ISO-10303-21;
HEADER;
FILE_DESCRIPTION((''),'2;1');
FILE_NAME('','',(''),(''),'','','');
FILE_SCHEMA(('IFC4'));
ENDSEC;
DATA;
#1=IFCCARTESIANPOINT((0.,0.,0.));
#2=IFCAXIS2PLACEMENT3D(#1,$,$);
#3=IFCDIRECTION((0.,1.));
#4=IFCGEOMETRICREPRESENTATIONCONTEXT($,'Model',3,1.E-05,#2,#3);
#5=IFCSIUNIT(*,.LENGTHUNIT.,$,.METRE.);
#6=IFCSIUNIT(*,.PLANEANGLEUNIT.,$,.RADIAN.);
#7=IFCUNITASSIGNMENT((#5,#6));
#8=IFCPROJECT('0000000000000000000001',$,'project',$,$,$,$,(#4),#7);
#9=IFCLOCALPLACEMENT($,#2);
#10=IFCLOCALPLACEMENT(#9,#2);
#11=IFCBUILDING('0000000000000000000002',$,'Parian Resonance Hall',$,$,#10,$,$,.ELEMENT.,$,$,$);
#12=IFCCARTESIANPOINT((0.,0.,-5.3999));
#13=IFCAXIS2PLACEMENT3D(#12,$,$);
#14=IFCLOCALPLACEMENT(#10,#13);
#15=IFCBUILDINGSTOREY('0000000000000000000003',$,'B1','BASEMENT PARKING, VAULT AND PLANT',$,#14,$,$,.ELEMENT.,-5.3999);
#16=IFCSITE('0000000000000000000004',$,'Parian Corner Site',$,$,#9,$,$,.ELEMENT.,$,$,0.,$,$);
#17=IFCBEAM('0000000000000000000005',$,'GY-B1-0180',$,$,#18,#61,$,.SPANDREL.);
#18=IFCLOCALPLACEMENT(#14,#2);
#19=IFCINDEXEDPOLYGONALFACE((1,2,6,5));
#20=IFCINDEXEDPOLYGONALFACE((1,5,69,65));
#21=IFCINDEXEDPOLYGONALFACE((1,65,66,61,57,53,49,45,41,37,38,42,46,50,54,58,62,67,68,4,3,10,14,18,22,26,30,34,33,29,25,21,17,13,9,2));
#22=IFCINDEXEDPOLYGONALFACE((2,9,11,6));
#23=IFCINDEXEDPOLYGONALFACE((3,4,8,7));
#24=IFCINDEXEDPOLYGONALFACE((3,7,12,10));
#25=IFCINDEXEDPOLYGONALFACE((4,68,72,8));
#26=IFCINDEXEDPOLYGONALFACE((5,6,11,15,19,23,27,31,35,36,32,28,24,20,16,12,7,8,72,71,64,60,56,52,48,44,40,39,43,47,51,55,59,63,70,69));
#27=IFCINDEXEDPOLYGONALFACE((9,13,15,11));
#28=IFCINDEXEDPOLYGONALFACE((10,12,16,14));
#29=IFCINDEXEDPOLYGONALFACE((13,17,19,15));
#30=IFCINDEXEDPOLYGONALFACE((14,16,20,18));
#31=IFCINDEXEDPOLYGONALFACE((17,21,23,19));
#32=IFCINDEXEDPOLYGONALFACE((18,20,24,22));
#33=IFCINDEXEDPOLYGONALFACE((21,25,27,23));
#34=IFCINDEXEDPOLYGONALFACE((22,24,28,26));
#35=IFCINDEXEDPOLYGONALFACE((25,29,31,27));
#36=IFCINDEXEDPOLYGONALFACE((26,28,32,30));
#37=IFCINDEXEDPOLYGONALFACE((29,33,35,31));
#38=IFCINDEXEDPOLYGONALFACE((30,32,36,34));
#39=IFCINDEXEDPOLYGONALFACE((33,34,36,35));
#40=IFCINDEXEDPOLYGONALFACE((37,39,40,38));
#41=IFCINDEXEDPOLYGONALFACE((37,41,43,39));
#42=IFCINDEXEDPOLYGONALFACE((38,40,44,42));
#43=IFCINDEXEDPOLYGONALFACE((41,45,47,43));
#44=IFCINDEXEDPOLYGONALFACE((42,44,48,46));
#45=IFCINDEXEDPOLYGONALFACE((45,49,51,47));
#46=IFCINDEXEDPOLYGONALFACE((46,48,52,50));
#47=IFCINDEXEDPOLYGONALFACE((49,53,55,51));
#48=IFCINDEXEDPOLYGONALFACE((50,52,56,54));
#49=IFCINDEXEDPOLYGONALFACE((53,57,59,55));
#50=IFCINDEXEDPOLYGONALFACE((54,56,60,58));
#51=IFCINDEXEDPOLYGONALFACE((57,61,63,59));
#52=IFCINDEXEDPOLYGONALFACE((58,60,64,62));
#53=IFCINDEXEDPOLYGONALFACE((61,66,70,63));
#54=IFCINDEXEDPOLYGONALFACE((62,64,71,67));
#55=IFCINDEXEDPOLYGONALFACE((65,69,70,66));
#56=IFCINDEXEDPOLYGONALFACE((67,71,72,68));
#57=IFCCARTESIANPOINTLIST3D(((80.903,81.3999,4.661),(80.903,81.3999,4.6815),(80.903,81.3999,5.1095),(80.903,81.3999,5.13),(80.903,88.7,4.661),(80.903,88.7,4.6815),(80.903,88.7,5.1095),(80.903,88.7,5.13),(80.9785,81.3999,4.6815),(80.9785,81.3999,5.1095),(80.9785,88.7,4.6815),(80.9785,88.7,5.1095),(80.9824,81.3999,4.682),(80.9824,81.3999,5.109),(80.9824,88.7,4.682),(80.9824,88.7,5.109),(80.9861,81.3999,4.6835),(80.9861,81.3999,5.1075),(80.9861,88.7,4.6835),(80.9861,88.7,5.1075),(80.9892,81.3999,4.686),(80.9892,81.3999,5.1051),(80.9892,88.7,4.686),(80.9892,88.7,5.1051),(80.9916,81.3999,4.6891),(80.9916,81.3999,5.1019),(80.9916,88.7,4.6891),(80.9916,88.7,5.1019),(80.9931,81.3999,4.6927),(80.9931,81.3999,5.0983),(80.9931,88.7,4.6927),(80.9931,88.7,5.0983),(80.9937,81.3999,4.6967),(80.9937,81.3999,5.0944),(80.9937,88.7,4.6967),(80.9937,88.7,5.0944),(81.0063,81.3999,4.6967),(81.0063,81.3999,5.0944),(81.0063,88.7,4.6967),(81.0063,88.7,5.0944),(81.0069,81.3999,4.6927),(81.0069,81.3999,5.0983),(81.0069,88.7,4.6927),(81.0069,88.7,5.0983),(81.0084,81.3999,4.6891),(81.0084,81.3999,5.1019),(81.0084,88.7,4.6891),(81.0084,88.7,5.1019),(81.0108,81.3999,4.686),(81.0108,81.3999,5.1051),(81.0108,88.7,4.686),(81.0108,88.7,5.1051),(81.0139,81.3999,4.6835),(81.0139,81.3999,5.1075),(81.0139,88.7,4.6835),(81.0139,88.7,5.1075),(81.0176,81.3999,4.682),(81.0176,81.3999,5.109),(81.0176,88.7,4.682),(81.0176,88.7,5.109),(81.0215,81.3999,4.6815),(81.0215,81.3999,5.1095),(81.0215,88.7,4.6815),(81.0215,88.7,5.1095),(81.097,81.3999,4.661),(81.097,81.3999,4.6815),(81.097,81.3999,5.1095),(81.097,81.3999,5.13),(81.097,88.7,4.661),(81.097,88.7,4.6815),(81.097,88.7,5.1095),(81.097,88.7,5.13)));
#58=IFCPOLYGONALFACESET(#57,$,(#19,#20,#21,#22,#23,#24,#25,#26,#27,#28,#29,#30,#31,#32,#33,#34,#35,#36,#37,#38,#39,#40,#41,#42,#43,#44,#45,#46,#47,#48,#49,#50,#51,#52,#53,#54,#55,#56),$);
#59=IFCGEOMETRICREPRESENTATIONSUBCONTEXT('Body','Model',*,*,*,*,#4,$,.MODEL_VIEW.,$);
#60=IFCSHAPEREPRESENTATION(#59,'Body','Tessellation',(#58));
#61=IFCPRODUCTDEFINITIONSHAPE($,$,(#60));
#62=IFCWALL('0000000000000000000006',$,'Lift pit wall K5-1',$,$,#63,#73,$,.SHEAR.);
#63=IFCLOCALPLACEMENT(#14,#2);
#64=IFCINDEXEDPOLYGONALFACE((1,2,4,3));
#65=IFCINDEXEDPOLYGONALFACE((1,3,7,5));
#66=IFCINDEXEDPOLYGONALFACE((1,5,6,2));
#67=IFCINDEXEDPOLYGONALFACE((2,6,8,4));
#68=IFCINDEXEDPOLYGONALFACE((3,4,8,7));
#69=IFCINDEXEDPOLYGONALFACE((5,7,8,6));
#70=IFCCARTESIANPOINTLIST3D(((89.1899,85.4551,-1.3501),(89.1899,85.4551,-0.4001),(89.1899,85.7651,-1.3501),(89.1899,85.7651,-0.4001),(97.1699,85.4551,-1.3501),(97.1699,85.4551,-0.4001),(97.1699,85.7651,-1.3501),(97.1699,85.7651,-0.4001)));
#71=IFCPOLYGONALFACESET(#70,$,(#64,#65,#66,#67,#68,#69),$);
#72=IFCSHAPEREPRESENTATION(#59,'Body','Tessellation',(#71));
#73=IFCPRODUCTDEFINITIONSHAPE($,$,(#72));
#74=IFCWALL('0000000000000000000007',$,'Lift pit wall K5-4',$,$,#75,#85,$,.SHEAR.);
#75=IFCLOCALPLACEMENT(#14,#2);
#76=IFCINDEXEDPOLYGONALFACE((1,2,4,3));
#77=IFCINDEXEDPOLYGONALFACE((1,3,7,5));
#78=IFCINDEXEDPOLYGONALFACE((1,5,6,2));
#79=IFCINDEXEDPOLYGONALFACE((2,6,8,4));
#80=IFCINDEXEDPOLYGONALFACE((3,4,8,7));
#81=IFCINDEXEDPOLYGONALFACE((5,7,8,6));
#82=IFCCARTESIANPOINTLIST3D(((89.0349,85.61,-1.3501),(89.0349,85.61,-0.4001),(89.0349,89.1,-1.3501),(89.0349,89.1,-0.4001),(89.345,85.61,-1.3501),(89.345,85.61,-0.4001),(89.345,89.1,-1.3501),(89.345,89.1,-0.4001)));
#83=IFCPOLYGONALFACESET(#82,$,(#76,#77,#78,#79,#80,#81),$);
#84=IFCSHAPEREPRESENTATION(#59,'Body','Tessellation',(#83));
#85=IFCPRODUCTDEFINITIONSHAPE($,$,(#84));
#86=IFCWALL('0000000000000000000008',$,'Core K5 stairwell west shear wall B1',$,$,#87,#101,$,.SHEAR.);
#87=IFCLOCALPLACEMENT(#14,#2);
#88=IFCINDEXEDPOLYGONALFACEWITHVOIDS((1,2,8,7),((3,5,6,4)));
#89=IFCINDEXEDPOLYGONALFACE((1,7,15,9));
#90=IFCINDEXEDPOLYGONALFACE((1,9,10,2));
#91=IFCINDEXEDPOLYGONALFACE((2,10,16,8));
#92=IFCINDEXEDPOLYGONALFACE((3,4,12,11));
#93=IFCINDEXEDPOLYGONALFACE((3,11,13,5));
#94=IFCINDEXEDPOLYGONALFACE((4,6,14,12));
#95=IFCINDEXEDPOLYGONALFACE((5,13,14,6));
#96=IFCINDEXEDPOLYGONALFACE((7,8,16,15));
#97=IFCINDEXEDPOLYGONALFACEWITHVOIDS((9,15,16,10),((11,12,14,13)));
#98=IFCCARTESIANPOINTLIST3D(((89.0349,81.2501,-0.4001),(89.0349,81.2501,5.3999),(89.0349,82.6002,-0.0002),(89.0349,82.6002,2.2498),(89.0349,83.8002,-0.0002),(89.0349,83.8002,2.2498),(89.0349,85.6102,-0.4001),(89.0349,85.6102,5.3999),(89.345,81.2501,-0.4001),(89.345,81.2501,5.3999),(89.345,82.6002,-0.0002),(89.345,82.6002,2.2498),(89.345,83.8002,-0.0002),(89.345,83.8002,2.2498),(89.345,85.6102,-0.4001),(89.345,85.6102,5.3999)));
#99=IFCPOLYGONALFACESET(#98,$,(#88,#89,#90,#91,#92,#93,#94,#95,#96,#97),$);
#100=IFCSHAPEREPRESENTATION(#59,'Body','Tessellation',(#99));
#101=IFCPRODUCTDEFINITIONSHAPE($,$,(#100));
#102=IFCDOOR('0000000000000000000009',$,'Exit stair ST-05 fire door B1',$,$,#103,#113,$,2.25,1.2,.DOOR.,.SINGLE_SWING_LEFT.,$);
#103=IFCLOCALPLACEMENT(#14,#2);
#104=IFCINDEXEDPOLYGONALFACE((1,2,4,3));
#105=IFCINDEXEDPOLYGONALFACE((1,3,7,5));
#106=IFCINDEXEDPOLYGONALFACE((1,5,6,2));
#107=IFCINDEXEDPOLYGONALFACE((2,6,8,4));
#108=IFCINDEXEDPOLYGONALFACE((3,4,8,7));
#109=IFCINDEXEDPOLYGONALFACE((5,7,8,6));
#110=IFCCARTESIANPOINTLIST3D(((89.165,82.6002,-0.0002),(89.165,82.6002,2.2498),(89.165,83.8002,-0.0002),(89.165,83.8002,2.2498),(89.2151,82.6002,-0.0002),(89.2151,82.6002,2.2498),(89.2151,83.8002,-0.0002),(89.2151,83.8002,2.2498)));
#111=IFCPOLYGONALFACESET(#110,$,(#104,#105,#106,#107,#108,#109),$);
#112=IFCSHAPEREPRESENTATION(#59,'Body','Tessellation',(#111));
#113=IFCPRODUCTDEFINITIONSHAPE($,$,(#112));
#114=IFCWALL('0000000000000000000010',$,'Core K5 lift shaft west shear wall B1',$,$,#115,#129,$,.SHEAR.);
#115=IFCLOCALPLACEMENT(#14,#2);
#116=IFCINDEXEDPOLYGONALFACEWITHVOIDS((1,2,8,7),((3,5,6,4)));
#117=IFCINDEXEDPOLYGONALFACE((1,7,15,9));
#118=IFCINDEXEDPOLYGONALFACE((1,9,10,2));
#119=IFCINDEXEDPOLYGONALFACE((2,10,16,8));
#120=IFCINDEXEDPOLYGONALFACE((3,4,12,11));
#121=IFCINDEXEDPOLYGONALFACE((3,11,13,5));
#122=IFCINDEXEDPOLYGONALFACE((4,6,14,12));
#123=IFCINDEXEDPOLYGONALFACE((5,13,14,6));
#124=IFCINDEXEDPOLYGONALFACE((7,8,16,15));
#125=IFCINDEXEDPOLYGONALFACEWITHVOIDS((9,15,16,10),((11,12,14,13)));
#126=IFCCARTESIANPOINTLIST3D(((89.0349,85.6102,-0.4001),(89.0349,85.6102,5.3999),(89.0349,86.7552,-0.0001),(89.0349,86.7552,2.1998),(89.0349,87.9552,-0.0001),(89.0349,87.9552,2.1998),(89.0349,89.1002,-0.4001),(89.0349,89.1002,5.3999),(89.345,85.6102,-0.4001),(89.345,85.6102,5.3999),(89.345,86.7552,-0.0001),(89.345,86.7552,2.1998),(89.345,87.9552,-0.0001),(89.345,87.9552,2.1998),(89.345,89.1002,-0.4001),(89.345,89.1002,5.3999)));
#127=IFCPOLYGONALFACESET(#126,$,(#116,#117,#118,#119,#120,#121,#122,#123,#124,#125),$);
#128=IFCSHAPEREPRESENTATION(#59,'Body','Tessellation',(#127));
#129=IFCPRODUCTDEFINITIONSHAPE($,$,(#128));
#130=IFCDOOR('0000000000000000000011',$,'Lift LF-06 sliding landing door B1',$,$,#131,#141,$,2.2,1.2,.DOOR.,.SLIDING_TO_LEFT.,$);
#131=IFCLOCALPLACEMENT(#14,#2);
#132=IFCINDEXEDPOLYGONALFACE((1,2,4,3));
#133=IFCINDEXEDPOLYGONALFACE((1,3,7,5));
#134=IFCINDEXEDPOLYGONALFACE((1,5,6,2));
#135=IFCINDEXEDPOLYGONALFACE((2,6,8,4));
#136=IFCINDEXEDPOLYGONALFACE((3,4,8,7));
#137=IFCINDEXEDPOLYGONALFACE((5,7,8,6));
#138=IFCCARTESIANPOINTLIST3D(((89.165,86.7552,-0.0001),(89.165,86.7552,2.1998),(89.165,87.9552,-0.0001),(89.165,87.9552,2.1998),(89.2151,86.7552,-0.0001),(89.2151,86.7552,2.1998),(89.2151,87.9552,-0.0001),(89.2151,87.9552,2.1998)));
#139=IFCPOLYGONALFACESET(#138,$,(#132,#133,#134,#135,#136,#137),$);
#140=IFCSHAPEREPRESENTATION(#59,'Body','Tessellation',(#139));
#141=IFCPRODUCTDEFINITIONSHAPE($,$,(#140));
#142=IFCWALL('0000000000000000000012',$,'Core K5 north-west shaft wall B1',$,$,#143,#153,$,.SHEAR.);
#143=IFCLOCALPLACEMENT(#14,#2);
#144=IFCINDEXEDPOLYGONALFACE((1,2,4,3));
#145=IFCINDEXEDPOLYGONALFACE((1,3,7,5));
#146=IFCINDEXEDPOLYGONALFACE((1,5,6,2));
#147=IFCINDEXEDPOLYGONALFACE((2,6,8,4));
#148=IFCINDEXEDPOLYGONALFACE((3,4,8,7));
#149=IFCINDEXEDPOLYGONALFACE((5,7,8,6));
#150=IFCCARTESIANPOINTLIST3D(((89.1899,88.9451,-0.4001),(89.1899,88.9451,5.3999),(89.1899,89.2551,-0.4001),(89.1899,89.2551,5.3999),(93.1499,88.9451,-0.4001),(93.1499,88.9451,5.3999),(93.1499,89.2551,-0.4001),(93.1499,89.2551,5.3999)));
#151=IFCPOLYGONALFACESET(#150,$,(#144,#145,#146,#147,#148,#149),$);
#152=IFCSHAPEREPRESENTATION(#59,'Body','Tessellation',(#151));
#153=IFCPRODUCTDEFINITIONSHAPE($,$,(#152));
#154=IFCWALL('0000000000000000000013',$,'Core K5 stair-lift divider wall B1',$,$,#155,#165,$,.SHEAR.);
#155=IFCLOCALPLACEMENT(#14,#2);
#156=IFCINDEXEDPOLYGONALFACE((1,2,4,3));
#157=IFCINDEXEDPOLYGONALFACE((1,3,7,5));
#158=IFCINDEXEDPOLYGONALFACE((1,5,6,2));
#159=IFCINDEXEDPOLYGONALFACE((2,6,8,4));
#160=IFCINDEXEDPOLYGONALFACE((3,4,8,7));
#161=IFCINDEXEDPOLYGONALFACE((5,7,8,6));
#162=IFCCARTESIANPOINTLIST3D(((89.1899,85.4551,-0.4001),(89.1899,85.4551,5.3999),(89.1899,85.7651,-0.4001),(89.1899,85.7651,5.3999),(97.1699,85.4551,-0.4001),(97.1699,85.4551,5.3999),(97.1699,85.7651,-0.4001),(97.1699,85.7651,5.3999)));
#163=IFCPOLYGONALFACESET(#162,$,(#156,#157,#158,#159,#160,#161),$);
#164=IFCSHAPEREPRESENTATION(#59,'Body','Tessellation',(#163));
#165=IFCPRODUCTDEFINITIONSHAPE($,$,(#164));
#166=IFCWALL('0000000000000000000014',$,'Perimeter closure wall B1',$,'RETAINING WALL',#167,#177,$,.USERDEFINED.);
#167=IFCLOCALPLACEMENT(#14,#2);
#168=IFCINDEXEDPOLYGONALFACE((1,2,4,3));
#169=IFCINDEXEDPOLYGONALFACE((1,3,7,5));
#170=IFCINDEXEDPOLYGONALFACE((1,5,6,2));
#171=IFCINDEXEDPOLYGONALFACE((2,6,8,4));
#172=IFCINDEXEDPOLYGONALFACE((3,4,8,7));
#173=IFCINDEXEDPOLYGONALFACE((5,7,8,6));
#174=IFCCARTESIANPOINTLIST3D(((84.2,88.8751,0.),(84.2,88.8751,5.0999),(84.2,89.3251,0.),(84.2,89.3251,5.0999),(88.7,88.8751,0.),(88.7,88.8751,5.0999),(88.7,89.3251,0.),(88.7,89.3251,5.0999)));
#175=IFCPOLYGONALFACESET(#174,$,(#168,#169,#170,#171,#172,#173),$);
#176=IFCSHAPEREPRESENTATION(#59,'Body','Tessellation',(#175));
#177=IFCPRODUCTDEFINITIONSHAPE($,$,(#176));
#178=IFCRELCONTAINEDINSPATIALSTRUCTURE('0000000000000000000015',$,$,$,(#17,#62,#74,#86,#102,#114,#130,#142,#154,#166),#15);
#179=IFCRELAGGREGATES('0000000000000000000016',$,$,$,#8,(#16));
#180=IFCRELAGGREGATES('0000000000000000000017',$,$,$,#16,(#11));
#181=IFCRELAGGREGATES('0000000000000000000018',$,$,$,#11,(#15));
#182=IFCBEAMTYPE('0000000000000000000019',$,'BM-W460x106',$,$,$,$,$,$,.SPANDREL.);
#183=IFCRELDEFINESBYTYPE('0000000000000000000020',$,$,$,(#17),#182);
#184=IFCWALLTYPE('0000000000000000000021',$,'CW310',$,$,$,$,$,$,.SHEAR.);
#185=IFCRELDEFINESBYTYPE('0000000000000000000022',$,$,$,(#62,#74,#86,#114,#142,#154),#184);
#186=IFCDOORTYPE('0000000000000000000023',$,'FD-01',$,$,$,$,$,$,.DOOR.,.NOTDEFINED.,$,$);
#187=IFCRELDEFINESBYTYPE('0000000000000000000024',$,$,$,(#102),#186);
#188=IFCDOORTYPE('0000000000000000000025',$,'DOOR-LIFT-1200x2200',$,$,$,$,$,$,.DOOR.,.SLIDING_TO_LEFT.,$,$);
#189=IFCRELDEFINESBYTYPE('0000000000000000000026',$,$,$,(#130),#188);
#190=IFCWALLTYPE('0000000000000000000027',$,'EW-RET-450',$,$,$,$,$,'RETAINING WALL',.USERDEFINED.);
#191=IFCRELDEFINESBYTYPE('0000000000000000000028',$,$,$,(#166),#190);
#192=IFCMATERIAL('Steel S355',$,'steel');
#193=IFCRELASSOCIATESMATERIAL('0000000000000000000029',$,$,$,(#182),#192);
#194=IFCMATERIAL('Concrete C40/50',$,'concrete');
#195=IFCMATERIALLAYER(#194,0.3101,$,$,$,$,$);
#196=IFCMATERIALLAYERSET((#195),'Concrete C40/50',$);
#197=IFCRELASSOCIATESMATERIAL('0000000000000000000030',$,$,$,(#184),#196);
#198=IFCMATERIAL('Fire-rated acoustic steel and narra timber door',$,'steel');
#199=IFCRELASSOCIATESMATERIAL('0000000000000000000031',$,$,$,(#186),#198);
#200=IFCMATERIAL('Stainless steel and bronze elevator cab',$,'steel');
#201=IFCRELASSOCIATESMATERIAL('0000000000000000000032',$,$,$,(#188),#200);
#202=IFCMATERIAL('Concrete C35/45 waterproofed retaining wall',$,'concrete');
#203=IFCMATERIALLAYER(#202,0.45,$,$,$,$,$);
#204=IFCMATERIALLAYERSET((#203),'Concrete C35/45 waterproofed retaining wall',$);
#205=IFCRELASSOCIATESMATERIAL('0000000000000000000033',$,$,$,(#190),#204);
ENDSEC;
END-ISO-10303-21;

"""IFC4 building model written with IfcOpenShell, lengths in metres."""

from ifc_helpers import new_model, si_unit, direction, frame, frame_2d, origin, origin_2d, place, context, subcontext, project, spatial, rectangle, i_section, extrude, material, layer, layer_set, material_profile, profile_set, type_object, element, fill, save


model = new_model("IFC4")

# Units and contexts
model_context = context("Model", 3, precision=1e-05, world=origin(), true_north=direction((0.0, 1.0)))
body_context = subcontext(model_context, "Body", "Model", "MODEL_VIEW")
ifc_project = project(units=[si_unit("LENGTHUNIT", "METRE"), si_unit("PLANEANGLEUNIT", "RADIAN")], contexts=[model_context])

# Site, building, storey
site_placement = place(None, origin())
site = spatial("IfcSite", under=ifc_project, at=site_placement, Name="Parian Corner Site", CompositionType="ELEMENT", RefElevation=0.0)
building_placement = place(site_placement, origin())
building = spatial("IfcBuilding", under=site, at=building_placement, Name="Parian Resonance Hall", CompositionType="ELEMENT")
storey_placement = place(building_placement, frame((0.0, 0.0, -5.3999)))
storey = spatial("IfcBuildingStorey", under=building, at=storey_placement, Name="B1", Description="BASEMENT PARKING, VAULT AND PLANT", CompositionType="ELEMENT", Elevation=-5.3999)

# Beam
ifc_material_1 = material(Name="Steel S355", Category="steel")
ifc_material_profile_1 = material_profile(ifc_material_1, i_section(OverallWidth=0.1941, OverallDepth=0.469, WebThickness=0.0127, FlangeThickness=0.0205, FilletRadius=0.0151, at=origin_2d()), Name="W460x106")
ifc_profile_set_1 = profile_set([ifc_material_profile_1], Name="Steel S355")
beam_type_1 = type_object("IfcBeamType", Name="BM-W460x106", PredefinedType="SPANDREL", material=ifc_profile_set_1)
for number, where, z_axis, x_axis, name in (
    (1, (81.0, 81.3999, 4.8955), (0.0, 1.0, 0.0), (-1.0, 0.0, 0.0), "GY-B1-0180"),
):
    element("IfcBeam", number, at=place(storey_placement, frame(where, z_axis=z_axis, x_axis=x_axis)), inside=storey, type_object=beam_type_1, Name=name, PredefinedType="SPANDREL", context=body_context, shape_type="SweptSolid", body=[
        extrude(i_section(OverallWidth=0.1941, OverallDepth=0.469, WebThickness=0.0127, FlangeThickness=0.0205, FilletRadius=0.0151, at=origin_2d()), origin(), (0.0, 0.0, 1.0), 7.3),
    ])

# Walls
ifc_material_2 = material(Name="Concrete C40/50", Category="concrete")
ifc_layer_1 = layer(ifc_material_2, 0.3101)
ifc_layer_set_1 = layer_set([ifc_layer_1], Name="Concrete C40/50")
wall_type_1 = type_object("IfcWallType", Name="CW310", PredefinedType="SHEAR", material=ifc_layer_set_1)
wall_1_placement = place(storey_placement, frame((89.1899, 85.6101, -1.3501), z_axis=(0.0, 0.0, 1.0), x_axis=(1.0, 0.0, 0.0)))
element("IfcWall", 2, at=wall_1_placement, inside=storey, type_object=wall_type_1, Name="Lift pit wall K5-1", PredefinedType="SHEAR", context=body_context, shape_type="SweptSolid", body=[
    extrude(rectangle(XDim=7.98, YDim=0.3101, at=frame_2d((3.99, 0.0))), origin(), (0.0, 0.0, 1.0), 0.95),
])
wall_2_placement = place(storey_placement, frame((89.1899, 89.1001, -1.3501), z_axis=(0.0, 0.0, 1.0), x_axis=(0.0, -1.0, 0.0)))
element("IfcWall", 3, at=wall_2_placement, inside=storey, type_object=wall_type_1, Name="Lift pit wall K5-4", PredefinedType="SHEAR", context=body_context, shape_type="SweptSolid", body=[
    extrude(rectangle(XDim=3.49, YDim=0.3101, at=frame_2d((1.7451, 0.0))), origin(), (0.0, 0.0, 1.0), 0.95),
])

# Walls, openings, doors
wall_3_placement = place(storey_placement, frame((89.1899, 81.25, -0.4001), z_axis=(0.0, 0.0, 1.0), x_axis=(0.0, 1.0, 0.0)))
wall_3 = element("IfcWall", 4, at=wall_3_placement, inside=storey, type_object=wall_type_1, Name="Core K5 stairwell west shear wall B1", PredefinedType="SHEAR", context=body_context, shape_type="SweptSolid", body=[
    extrude(rectangle(XDim=4.3601, YDim=0.3101, at=frame_2d((2.1802, 0.0))), origin(), (0.0, 0.0, 1.0), 5.8),
])
opening_1_placement = place(wall_3_placement, frame((1.3501, 0.0, 0.3999)))
opening_1 = element("IfcOpeningElement", 5, at=opening_1_placement, cuts=wall_3, PredefinedType="OPENING", context=body_context, shape_type="SweptSolid", body=[
    extrude(rectangle(XDim=1.2, YDim=2.25, at=frame_2d((0.6001, 1.125))), frame((0.0, 0.165, 0.0), z_axis=(0.0, -1.0, 0.0), x_axis=(1.0, 0.0, 0.0)), (0.0, 0.0, 1.0), 0.3301),
])
ifc_material_3 = material(Name="Fire-rated acoustic steel and narra timber door", Category="steel")
door_type_1 = type_object("IfcDoorType", Name="FD-01", OperationType="NOTDEFINED", PredefinedType="DOOR", material=ifc_material_3)
door_1_placement = place(opening_1_placement, origin())
door_1 = element("IfcDoor", 6, at=door_1_placement, inside=storey, type_object=door_type_1, Name="Exit stair ST-05 fire door B1", OperationType="SINGLE_SWING_LEFT", OverallHeight=2.25, OverallWidth=1.2, PredefinedType="DOOR", context=body_context, shape_type="SweptSolid", body=[
    extrude(rectangle(XDim=1.2, YDim=2.25, at=frame_2d((0.6001, 1.125))), frame((0.0, 0.0249, 0.0), z_axis=(0.0, -1.0, 0.0), x_axis=(1.0, 0.0, 0.0)), (0.0, 0.0, 1.0), 0.05),
])
fill(opening_1, door_1)
wall_4_placement = place(storey_placement, frame((89.1899, 85.6101, -0.4001), z_axis=(0.0, 0.0, 1.0), x_axis=(0.0, 1.0, 0.0)))
wall_4 = element("IfcWall", 7, at=wall_4_placement, inside=storey, type_object=wall_type_1, Name="Core K5 lift shaft west shear wall B1", PredefinedType="SHEAR", context=body_context, shape_type="SweptSolid", body=[
    extrude(rectangle(XDim=3.49, YDim=0.3101, at=frame_2d((1.7451, 0.0))), origin(), (0.0, 0.0, 1.0), 5.8),
])
opening_2_placement = place(wall_4_placement, frame((1.145, 0.0, 0.3999)))
opening_2 = element("IfcOpeningElement", 8, at=opening_2_placement, cuts=wall_4, PredefinedType="OPENING", context=body_context, shape_type="SweptSolid", body=[
    extrude(rectangle(XDim=1.2, YDim=2.2, at=frame_2d((0.6001, 1.1001))), frame((0.0, 0.165, 0.0), z_axis=(0.0, -1.0, 0.0), x_axis=(1.0, 0.0, 0.0)), (0.0, 0.0, 1.0), 0.3301),
])
ifc_material_4 = material(Name="Stainless steel and bronze elevator cab", Category="steel")
door_type_2 = type_object("IfcDoorType", Name="DOOR-LIFT-1200x2200", OperationType="SLIDING_TO_LEFT", PredefinedType="DOOR", material=ifc_material_4)
door_2_placement = place(opening_2_placement, origin())
door_2 = element("IfcDoor", 9, at=door_2_placement, inside=storey, type_object=door_type_2, Name="Lift LF-06 sliding landing door B1", OperationType="SLIDING_TO_LEFT", OverallHeight=2.2, OverallWidth=1.2, PredefinedType="DOOR", context=body_context, shape_type="SweptSolid", body=[
    extrude(rectangle(XDim=1.2, YDim=2.2, at=frame_2d((0.6001, 1.1001))), frame((0.0, 0.0249, 0.0), z_axis=(0.0, -1.0, 0.0), x_axis=(1.0, 0.0, 0.0)), (0.0, 0.0, 1.0), 0.05),
])
fill(opening_2, door_2)

# Walls
wall_5_placement = place(storey_placement, frame((89.1899, 89.1001, -0.4001), z_axis=(0.0, 0.0, 1.0), x_axis=(1.0, 0.0, 0.0)))
element("IfcWall", 10, at=wall_5_placement, inside=storey, type_object=wall_type_1, Name="Core K5 north-west shaft wall B1", PredefinedType="SHEAR", context=body_context, shape_type="SweptSolid", body=[
    extrude(rectangle(XDim=3.96, YDim=0.3101, at=frame_2d((1.98, 0.0))), origin(), (0.0, 0.0, 1.0), 5.8),
])
wall_6_placement = place(storey_placement, frame((89.1899, 85.6101, -0.4001), z_axis=(0.0, 0.0, 1.0), x_axis=(1.0, 0.0, 0.0)))
element("IfcWall", 11, at=wall_6_placement, inside=storey, type_object=wall_type_1, Name="Core K5 stair-lift divider wall B1", PredefinedType="SHEAR", context=body_context, shape_type="SweptSolid", body=[
    extrude(rectangle(XDim=7.98, YDim=0.3101, at=frame_2d((3.99, 0.0))), origin(), (0.0, 0.0, 1.0), 5.8),
])
ifc_material_5 = material(Name="Concrete C35/45 waterproofed retaining wall", Category="concrete")
ifc_layer_2 = layer(ifc_material_5, 0.45)
ifc_layer_set_2 = layer_set([ifc_layer_2], Name="Concrete C35/45 waterproofed retaining wall")
wall_type_2 = type_object("IfcWallType", Name="EW-RET-450", ElementType="RETAINING WALL", PredefinedType="USERDEFINED", material=ifc_layer_set_2)
wall_7_placement = place(storey_placement, frame((88.7, 89.1001, 0.0), z_axis=(0.0, 0.0, 1.0), x_axis=(-1.0, 0.0, 0.0)))
element("IfcWall", 12, at=wall_7_placement, inside=storey, type_object=wall_type_2, Name="Perimeter closure wall B1", ObjectType="RETAINING WALL", PredefinedType="USERDEFINED", context=body_context, shape_type="SweptSolid", body=[
    extrude(rectangle(XDim=4.5, YDim=0.45, at=frame_2d((2.25, 0.0))), origin(), (0.0, 0.0, 1.0), 5.0999),
])

save(model, "model.ifc")
